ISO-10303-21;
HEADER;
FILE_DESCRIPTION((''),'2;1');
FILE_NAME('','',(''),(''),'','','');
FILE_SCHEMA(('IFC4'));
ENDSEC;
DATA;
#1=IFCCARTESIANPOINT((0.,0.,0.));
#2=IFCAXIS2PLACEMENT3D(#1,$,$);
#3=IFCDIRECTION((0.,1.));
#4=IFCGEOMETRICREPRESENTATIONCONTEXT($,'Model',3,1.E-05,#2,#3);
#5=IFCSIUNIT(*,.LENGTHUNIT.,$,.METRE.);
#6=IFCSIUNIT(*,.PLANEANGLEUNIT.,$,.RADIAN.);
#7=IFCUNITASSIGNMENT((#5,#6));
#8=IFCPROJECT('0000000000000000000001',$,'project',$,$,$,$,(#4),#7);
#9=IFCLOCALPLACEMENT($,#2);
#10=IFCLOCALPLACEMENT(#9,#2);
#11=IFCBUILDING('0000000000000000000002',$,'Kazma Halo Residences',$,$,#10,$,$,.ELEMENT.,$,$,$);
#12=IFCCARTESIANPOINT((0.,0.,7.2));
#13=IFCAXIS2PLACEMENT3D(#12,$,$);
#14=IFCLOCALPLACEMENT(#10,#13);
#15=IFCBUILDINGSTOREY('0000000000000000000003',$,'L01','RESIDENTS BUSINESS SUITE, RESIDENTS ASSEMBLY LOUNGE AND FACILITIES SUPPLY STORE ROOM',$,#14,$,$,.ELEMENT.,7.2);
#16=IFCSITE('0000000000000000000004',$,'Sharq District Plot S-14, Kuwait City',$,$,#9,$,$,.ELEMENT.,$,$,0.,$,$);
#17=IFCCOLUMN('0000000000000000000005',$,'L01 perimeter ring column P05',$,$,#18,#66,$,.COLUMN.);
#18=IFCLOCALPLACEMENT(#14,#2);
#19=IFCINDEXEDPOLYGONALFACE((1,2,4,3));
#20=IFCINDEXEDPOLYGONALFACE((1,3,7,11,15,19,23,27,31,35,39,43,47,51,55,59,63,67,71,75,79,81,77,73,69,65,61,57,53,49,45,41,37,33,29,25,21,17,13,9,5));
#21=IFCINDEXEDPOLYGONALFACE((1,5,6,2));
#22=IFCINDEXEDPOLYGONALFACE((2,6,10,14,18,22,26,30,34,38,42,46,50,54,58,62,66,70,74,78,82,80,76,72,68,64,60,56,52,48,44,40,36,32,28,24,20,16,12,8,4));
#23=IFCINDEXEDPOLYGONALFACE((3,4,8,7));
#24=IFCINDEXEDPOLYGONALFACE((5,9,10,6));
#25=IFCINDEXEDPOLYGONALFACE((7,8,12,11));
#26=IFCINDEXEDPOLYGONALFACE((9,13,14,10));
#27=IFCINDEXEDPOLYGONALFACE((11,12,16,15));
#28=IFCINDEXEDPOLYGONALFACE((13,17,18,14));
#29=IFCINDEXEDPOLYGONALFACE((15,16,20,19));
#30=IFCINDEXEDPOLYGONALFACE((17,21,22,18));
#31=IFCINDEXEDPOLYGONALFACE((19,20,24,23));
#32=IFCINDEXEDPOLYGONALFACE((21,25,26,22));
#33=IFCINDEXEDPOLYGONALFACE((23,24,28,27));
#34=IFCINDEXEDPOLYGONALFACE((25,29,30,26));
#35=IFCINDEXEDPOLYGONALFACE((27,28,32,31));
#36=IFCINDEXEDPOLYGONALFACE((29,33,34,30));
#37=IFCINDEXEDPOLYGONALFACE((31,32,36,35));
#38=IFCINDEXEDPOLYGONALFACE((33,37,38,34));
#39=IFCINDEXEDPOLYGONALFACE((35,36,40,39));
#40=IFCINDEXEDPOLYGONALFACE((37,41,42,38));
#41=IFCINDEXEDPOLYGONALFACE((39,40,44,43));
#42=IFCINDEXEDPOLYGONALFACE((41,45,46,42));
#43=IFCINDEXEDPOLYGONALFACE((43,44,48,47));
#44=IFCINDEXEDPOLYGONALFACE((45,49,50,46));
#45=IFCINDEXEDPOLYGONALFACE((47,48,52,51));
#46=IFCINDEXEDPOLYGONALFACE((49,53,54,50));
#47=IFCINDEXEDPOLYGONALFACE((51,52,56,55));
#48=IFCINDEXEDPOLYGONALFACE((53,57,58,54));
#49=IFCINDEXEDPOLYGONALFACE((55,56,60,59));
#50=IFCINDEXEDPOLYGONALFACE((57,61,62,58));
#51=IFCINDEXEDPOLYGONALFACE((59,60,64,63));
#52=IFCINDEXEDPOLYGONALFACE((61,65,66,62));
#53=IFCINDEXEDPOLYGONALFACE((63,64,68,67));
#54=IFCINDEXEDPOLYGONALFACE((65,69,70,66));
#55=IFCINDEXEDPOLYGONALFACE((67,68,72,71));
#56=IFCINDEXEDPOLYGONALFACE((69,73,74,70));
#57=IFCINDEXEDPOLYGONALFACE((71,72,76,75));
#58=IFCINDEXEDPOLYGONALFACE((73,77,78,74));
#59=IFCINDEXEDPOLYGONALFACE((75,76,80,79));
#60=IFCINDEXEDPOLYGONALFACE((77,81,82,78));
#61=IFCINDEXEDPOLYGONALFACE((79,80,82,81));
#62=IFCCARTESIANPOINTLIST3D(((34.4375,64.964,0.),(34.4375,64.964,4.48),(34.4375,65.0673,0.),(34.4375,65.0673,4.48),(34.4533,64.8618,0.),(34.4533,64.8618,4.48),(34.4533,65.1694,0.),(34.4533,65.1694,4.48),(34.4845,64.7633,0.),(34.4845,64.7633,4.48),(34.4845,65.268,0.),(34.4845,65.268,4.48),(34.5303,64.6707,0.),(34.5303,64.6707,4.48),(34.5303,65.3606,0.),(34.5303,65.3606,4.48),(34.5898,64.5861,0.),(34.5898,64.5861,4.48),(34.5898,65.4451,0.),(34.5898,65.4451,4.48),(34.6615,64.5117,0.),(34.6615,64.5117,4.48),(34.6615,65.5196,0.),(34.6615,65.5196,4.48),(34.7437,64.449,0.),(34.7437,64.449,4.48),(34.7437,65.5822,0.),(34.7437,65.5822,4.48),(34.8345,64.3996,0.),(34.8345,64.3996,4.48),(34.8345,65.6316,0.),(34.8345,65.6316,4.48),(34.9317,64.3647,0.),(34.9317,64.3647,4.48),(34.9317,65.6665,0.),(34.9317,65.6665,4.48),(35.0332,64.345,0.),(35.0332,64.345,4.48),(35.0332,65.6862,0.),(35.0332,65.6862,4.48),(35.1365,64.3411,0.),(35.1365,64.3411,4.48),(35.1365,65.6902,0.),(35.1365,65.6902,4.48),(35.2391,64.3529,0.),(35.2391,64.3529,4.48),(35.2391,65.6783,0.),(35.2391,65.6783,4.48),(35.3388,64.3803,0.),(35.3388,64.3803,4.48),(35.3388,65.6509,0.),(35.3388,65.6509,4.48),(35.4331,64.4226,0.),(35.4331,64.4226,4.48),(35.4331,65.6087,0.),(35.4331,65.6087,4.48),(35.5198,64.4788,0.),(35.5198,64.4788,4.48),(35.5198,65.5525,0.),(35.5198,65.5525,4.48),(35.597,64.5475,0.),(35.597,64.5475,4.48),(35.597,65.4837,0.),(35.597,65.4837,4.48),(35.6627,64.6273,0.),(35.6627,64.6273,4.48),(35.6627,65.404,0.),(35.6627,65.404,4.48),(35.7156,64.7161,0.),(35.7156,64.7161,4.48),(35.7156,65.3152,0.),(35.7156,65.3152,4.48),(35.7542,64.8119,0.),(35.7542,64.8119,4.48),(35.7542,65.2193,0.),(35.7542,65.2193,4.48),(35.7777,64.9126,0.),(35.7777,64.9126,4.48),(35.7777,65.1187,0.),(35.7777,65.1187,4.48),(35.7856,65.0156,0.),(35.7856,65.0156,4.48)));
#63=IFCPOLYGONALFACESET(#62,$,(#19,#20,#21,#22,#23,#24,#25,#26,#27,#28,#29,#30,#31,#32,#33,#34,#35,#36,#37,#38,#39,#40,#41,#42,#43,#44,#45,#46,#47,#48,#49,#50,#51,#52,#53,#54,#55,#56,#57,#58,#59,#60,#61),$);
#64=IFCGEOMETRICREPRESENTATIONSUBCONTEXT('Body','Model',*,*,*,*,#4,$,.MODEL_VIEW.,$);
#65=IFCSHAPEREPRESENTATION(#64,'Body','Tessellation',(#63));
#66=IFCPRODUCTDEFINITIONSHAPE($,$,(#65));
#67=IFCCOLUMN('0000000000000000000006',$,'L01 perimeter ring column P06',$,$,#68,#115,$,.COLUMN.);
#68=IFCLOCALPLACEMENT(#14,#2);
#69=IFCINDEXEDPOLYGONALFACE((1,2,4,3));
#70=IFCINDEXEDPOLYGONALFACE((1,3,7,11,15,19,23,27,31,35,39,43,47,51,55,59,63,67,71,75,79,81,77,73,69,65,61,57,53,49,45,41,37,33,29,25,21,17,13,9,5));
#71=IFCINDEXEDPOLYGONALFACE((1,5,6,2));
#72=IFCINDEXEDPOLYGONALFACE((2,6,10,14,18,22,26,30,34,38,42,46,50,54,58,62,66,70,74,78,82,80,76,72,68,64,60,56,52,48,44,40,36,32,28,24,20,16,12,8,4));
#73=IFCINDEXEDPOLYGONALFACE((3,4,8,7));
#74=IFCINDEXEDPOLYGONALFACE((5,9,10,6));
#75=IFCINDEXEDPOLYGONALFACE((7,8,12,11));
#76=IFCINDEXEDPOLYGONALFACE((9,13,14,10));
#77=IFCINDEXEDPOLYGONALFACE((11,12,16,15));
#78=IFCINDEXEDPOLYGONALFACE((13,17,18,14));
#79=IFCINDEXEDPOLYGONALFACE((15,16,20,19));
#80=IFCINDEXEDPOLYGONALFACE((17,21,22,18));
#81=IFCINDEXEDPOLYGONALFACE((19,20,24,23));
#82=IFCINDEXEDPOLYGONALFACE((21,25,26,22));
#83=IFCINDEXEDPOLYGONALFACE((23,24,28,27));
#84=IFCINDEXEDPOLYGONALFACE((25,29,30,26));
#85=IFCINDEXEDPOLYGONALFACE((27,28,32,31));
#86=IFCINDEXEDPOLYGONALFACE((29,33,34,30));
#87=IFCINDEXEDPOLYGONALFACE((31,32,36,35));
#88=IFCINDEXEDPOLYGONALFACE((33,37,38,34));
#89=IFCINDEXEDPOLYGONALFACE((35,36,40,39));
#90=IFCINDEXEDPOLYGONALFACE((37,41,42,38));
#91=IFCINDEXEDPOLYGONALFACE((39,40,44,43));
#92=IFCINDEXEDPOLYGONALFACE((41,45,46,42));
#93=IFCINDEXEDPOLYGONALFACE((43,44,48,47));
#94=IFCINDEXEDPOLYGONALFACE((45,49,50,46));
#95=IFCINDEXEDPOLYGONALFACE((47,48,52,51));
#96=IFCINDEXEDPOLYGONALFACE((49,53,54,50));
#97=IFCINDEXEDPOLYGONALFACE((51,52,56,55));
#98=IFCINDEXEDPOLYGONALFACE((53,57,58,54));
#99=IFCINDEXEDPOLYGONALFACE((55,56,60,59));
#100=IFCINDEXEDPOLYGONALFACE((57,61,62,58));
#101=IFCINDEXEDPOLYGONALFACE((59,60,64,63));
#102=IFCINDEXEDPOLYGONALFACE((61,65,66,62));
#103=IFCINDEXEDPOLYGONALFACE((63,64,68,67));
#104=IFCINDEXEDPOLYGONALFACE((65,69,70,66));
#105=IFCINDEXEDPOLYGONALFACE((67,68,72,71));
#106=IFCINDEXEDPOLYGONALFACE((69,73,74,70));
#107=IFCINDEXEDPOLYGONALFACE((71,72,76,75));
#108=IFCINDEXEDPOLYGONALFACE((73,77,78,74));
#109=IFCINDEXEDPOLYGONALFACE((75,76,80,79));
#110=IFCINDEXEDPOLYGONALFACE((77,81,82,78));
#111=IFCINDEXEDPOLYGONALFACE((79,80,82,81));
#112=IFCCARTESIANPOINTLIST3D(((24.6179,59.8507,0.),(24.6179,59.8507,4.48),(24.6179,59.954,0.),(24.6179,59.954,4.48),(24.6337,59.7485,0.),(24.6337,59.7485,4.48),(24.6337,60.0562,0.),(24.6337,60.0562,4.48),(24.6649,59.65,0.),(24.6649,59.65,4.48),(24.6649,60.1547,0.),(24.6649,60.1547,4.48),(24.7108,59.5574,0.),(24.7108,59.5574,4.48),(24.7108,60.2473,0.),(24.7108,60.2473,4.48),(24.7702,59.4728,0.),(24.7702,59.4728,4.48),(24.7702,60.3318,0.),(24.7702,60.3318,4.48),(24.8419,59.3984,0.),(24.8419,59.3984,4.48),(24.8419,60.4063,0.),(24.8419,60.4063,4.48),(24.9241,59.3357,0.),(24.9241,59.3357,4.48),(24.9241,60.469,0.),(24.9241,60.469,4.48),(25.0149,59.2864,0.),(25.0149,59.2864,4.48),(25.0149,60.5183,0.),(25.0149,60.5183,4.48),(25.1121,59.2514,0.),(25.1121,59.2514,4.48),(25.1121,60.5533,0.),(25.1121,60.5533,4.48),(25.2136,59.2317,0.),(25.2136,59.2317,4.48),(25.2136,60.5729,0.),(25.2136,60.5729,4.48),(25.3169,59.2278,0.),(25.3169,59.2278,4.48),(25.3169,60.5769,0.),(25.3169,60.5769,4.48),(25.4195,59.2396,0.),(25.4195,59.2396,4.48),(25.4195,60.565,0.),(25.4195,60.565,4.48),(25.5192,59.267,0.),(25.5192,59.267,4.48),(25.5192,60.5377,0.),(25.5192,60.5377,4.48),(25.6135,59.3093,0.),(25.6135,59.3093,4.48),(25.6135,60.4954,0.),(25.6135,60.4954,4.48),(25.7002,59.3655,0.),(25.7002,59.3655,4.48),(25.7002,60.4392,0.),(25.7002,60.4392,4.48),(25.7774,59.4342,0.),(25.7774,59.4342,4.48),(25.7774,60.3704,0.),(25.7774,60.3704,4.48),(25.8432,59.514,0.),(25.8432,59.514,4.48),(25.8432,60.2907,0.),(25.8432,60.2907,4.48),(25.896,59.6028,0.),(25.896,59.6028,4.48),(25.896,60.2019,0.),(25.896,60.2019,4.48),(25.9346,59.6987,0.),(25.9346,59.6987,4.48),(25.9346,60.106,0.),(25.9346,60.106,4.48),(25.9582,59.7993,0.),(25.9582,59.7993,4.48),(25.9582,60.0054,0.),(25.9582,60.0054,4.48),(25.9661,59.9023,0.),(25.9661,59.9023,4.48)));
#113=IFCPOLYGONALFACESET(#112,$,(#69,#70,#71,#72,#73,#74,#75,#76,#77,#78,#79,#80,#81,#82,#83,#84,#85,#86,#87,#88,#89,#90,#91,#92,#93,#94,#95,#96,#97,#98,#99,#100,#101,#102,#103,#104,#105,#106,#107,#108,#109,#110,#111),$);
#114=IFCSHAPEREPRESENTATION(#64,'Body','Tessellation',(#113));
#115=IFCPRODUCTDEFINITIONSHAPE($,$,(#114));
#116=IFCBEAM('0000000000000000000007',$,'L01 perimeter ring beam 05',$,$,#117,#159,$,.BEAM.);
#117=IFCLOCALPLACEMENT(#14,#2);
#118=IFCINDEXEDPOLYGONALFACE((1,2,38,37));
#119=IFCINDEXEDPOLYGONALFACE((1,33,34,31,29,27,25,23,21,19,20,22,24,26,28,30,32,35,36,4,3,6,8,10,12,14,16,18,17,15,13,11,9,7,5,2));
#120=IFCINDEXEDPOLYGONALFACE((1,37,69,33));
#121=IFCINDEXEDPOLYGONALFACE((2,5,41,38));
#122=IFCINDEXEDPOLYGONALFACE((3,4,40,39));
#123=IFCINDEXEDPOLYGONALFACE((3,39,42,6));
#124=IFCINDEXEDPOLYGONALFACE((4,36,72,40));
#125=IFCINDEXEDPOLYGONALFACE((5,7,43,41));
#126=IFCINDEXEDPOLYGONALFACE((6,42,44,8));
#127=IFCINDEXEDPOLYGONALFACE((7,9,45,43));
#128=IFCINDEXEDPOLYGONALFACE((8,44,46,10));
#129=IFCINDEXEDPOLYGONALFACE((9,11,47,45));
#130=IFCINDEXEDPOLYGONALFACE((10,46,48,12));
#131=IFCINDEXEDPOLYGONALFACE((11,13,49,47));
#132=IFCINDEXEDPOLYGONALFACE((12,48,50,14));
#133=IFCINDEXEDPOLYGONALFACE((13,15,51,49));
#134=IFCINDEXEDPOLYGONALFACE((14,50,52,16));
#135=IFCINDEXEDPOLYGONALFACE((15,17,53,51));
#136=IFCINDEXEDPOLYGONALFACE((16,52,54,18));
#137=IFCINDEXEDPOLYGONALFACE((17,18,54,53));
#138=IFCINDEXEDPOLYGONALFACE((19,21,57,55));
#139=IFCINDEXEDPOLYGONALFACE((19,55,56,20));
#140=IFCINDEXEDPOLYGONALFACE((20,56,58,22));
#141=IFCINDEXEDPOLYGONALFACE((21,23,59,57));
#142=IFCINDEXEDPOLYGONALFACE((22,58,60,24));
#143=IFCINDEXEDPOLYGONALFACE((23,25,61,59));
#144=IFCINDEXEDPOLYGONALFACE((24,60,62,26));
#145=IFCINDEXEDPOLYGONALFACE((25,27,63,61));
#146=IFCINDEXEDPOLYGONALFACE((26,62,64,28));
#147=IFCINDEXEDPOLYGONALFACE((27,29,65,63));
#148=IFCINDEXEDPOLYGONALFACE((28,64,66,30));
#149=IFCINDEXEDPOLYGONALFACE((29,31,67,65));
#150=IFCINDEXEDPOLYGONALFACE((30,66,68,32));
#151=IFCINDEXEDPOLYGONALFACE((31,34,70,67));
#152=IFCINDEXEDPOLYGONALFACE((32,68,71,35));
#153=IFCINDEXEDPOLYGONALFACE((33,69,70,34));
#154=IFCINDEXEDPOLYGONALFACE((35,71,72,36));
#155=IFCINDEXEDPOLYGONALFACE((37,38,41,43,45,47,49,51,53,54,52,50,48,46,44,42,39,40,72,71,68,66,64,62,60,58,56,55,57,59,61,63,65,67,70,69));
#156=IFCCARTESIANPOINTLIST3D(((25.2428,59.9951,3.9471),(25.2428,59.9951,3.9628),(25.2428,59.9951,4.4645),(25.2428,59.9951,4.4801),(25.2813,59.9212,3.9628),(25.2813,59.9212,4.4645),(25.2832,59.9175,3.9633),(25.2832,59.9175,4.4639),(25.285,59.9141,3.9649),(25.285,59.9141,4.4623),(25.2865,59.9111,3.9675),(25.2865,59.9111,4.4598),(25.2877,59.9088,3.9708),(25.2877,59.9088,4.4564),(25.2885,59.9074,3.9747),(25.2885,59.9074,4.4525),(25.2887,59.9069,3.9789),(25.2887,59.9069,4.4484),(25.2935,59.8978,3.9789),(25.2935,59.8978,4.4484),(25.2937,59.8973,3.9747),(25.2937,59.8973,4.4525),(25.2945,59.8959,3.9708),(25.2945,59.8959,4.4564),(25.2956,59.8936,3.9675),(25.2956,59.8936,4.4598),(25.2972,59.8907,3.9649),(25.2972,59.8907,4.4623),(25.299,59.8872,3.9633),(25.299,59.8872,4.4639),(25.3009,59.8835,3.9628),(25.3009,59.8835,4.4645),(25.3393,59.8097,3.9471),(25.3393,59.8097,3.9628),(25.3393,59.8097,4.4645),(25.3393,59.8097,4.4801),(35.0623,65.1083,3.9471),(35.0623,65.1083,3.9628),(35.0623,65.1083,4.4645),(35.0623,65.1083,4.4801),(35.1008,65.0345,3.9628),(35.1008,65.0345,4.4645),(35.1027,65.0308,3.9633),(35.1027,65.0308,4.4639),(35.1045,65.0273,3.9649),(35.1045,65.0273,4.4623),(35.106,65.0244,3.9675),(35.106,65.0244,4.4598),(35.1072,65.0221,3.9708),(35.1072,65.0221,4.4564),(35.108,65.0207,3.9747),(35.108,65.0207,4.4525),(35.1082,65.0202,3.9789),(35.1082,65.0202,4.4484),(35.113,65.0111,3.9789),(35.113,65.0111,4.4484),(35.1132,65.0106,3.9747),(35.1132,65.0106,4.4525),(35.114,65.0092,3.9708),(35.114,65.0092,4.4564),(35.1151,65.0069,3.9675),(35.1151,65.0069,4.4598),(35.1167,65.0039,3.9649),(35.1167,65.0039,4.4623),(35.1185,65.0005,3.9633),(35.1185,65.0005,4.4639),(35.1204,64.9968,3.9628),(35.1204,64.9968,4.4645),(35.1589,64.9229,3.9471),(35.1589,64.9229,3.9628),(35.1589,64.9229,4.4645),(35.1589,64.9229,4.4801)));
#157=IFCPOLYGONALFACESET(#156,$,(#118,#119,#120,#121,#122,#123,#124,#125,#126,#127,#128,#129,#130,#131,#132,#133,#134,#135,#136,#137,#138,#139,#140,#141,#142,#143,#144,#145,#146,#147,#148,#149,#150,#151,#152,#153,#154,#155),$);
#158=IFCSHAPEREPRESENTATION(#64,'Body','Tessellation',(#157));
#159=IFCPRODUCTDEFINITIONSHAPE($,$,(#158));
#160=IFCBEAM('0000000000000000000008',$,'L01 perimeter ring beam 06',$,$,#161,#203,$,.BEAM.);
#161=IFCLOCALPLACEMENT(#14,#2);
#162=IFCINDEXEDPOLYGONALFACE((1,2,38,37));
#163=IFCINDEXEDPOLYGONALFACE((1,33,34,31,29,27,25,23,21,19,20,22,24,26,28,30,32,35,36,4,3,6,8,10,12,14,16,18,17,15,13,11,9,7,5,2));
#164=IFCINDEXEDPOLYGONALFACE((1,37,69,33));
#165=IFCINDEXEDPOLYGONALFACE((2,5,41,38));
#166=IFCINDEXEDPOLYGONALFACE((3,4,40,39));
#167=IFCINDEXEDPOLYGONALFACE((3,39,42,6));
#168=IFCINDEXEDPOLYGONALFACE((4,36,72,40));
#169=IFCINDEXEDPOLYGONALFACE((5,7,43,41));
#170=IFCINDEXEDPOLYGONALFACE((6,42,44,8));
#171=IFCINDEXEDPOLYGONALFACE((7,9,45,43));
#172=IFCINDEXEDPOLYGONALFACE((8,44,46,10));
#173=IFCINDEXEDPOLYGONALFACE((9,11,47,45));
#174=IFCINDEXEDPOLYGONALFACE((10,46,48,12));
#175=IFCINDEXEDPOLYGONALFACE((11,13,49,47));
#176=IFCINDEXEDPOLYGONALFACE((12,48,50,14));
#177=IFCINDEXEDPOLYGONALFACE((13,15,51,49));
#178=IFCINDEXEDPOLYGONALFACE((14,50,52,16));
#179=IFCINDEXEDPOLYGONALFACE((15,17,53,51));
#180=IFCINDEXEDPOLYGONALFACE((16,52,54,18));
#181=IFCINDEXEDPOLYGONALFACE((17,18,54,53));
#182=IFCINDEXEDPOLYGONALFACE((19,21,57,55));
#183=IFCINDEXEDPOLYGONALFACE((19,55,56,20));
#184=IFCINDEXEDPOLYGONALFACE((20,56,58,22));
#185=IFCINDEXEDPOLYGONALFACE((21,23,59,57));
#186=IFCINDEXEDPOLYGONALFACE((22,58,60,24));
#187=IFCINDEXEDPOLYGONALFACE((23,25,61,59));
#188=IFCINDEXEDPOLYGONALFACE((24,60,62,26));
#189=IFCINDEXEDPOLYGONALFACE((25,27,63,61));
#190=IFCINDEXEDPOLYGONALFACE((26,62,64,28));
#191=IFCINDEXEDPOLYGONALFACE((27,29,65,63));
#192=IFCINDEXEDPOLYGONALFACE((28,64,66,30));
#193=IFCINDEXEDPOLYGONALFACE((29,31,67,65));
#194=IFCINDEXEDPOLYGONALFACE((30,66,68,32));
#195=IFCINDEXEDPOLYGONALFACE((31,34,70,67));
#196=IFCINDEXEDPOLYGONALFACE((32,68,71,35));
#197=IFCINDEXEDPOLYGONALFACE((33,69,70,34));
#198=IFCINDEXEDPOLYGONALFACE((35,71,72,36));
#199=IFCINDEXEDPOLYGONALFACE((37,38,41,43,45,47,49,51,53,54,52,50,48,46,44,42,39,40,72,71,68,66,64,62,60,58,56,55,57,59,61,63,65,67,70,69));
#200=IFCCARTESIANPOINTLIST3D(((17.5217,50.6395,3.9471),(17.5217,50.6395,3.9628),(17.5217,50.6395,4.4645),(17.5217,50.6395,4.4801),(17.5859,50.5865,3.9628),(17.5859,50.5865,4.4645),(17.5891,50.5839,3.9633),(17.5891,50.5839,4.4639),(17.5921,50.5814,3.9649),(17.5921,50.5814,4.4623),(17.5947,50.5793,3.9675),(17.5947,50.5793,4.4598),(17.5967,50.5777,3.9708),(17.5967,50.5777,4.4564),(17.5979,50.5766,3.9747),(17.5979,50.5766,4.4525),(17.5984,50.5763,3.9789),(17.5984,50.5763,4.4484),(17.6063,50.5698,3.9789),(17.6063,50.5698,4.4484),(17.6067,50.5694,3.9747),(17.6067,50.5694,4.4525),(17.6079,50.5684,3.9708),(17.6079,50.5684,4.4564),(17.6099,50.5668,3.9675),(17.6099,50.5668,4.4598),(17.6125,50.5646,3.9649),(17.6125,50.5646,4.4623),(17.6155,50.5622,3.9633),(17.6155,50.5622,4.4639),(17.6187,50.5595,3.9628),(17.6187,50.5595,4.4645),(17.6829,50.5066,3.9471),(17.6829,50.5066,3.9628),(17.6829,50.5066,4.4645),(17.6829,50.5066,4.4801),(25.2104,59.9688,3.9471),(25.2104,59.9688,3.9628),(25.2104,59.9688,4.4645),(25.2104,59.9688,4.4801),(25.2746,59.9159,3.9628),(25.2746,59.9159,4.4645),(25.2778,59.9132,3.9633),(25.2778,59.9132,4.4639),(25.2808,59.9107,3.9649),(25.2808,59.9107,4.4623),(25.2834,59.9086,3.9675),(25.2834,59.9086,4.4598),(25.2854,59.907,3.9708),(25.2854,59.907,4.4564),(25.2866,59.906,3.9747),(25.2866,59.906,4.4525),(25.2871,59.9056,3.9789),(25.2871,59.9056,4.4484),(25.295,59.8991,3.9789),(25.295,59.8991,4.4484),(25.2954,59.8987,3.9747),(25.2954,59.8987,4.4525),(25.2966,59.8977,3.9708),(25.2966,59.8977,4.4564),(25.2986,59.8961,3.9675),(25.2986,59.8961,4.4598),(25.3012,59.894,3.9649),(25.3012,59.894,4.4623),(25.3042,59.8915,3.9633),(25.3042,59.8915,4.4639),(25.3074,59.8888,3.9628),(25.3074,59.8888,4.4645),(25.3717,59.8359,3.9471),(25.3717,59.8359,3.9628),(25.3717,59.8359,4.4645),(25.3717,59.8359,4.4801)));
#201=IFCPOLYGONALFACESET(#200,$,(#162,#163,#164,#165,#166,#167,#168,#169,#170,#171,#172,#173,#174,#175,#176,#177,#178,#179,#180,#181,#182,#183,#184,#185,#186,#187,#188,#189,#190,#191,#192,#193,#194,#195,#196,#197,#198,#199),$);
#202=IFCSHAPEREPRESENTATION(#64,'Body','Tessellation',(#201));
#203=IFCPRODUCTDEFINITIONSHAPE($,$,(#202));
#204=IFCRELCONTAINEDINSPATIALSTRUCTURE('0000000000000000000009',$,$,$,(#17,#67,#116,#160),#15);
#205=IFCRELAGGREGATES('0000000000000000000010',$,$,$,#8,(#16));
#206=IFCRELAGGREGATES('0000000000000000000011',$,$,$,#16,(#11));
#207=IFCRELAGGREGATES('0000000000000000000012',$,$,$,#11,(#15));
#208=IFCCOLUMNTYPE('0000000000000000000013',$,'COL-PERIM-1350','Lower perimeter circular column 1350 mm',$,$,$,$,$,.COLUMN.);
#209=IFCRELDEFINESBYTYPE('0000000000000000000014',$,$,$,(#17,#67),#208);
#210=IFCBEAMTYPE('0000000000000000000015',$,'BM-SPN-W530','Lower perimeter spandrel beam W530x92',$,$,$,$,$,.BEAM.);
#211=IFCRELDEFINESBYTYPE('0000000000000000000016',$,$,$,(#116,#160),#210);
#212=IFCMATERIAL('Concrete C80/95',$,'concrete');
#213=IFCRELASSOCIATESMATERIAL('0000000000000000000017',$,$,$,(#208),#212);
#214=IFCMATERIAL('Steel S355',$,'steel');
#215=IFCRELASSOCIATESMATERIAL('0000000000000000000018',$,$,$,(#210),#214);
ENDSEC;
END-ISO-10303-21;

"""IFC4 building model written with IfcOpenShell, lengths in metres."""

from ifc_helpers import new_model, si_unit, direction, frame, origin, origin_2d, place, context, subcontext, project, spatial, circle, i_section, extrude, material, material_profile, profile_set, type_object, element, save


model = new_model("IFC4")

# Units and contexts
model_context = context("Model", 3, precision=1e-05, world=origin(), true_north=direction((0.0, 1.0)))
body_context = subcontext(model_context, "Body", "Model", "MODEL_VIEW")
ifc_project = project(units=[si_unit("LENGTHUNIT", "METRE"), si_unit("PLANEANGLEUNIT", "RADIAN")], contexts=[model_context])

# Site, building, storey
site_placement = place(None, origin())
site = spatial("IfcSite", under=ifc_project, at=site_placement, Name="Sharq District Plot S-14, Kuwait City", CompositionType="ELEMENT", RefElevation=0.0)
building_placement = place(site_placement, origin())
building = spatial("IfcBuilding", under=site, at=building_placement, Name="Kazma Halo Residences", CompositionType="ELEMENT")
storey_placement = place(building_placement, frame((0.0, 0.0, 7.2)))
storey = spatial("IfcBuildingStorey", under=building, at=storey_placement, Name="L01", Description="RESIDENTS BUSINESS SUITE, RESIDENTS ASSEMBLY LOUNGE AND FACILITIES SUPPLY STORE ROOM", CompositionType="ELEMENT", Elevation=7.2)

# Columns
ifc_material_1 = material(Name="Concrete C80/95", Category="concrete")
ifc_material_profile_1 = material_profile(ifc_material_1, circle(Radius=0.675, at=origin_2d()), Name="CIRC1350")
ifc_profile_set_1 = profile_set([ifc_material_profile_1], Name="Concrete C80/95")
column_type = type_object("IfcColumnType", Name="COL-PERIM-1350", Description="Lower perimeter circular column 1350 mm", PredefinedType="COLUMN", material=ifc_profile_set_1)
for number, where, z_axis, x_axis, name in (
    (1, (35.1106, 65.0156, 0.0), (0.0, 0.0, 1.0), (1.0, 0.0, 0.0), "L01 perimeter ring column P05"),
    (2, (25.291, 59.9023, 0.0), (0.0, 0.0, 1.0), (1.0, 0.0, 0.0), "L01 perimeter ring column P06"),
):
    element("IfcColumn", number, at=place(storey_placement, frame(where, z_axis=z_axis, x_axis=x_axis)), inside=storey, type_object=column_type, Name=name, PredefinedType="COLUMN", context=body_context, shape_type="SweptSolid", body=[
        extrude(circle(Radius=0.675, at=origin_2d()), origin(), (0.0, 0.0, 1.0), 4.48),
    ])

# Beams
ifc_material_2 = material(Name="Steel S355", Category="steel")
ifc_material_profile_2 = material_profile(ifc_material_2, i_section(OverallWidth=0.209, OverallDepth=0.533, WebThickness=0.0103, FlangeThickness=0.0156, FilletRadius=0.0161, at=origin_2d()), Name="W530x92")
ifc_profile_set_2 = profile_set([ifc_material_profile_2], Name="Steel S355")
beam_type = type_object("IfcBeamType", Name="BM-SPN-W530", Description="Lower perimeter spandrel beam W530x92", PredefinedType="BEAM", material=ifc_profile_set_2)
beam_1_placement = place(storey_placement, frame((35.1106, 65.0156, 4.2136), z_axis=(-0.886954, -0.461857, 0.0), x_axis=(0.461857, -0.886954, 0.0)))
element("IfcBeam", 3, at=beam_1_placement, inside=storey, type_object=beam_type, Name="L01 perimeter ring beam 05", PredefinedType="BEAM", context=body_context, shape_type="SweptSolid", body=[
    extrude(i_section(OverallWidth=0.209, OverallDepth=0.533, WebThickness=0.0103, FlangeThickness=0.0156, FilletRadius=0.0161, at=origin_2d()), origin(), (0.0, 0.0, 1.0), 11.071),
])
beam_2_placement = place(storey_placement, frame((25.291, 59.9023, 4.2136), z_axis=(-0.63599, -0.771698, 0.0), x_axis=(0.771698, -0.63599, 0.0)))
element("IfcBeam", 4, at=beam_2_placement, inside=storey, type_object=beam_type, Name="L01 perimeter ring beam 06", PredefinedType="BEAM", context=body_context, shape_type="SweptSolid", body=[
    extrude(i_section(OverallWidth=0.209, OverallDepth=0.533, WebThickness=0.0103, FlangeThickness=0.0156, FilletRadius=0.0161, at=origin_2d()), origin(), (0.0, 0.0, 1.0), 12.0894),
])

save(model, "model.ifc")
